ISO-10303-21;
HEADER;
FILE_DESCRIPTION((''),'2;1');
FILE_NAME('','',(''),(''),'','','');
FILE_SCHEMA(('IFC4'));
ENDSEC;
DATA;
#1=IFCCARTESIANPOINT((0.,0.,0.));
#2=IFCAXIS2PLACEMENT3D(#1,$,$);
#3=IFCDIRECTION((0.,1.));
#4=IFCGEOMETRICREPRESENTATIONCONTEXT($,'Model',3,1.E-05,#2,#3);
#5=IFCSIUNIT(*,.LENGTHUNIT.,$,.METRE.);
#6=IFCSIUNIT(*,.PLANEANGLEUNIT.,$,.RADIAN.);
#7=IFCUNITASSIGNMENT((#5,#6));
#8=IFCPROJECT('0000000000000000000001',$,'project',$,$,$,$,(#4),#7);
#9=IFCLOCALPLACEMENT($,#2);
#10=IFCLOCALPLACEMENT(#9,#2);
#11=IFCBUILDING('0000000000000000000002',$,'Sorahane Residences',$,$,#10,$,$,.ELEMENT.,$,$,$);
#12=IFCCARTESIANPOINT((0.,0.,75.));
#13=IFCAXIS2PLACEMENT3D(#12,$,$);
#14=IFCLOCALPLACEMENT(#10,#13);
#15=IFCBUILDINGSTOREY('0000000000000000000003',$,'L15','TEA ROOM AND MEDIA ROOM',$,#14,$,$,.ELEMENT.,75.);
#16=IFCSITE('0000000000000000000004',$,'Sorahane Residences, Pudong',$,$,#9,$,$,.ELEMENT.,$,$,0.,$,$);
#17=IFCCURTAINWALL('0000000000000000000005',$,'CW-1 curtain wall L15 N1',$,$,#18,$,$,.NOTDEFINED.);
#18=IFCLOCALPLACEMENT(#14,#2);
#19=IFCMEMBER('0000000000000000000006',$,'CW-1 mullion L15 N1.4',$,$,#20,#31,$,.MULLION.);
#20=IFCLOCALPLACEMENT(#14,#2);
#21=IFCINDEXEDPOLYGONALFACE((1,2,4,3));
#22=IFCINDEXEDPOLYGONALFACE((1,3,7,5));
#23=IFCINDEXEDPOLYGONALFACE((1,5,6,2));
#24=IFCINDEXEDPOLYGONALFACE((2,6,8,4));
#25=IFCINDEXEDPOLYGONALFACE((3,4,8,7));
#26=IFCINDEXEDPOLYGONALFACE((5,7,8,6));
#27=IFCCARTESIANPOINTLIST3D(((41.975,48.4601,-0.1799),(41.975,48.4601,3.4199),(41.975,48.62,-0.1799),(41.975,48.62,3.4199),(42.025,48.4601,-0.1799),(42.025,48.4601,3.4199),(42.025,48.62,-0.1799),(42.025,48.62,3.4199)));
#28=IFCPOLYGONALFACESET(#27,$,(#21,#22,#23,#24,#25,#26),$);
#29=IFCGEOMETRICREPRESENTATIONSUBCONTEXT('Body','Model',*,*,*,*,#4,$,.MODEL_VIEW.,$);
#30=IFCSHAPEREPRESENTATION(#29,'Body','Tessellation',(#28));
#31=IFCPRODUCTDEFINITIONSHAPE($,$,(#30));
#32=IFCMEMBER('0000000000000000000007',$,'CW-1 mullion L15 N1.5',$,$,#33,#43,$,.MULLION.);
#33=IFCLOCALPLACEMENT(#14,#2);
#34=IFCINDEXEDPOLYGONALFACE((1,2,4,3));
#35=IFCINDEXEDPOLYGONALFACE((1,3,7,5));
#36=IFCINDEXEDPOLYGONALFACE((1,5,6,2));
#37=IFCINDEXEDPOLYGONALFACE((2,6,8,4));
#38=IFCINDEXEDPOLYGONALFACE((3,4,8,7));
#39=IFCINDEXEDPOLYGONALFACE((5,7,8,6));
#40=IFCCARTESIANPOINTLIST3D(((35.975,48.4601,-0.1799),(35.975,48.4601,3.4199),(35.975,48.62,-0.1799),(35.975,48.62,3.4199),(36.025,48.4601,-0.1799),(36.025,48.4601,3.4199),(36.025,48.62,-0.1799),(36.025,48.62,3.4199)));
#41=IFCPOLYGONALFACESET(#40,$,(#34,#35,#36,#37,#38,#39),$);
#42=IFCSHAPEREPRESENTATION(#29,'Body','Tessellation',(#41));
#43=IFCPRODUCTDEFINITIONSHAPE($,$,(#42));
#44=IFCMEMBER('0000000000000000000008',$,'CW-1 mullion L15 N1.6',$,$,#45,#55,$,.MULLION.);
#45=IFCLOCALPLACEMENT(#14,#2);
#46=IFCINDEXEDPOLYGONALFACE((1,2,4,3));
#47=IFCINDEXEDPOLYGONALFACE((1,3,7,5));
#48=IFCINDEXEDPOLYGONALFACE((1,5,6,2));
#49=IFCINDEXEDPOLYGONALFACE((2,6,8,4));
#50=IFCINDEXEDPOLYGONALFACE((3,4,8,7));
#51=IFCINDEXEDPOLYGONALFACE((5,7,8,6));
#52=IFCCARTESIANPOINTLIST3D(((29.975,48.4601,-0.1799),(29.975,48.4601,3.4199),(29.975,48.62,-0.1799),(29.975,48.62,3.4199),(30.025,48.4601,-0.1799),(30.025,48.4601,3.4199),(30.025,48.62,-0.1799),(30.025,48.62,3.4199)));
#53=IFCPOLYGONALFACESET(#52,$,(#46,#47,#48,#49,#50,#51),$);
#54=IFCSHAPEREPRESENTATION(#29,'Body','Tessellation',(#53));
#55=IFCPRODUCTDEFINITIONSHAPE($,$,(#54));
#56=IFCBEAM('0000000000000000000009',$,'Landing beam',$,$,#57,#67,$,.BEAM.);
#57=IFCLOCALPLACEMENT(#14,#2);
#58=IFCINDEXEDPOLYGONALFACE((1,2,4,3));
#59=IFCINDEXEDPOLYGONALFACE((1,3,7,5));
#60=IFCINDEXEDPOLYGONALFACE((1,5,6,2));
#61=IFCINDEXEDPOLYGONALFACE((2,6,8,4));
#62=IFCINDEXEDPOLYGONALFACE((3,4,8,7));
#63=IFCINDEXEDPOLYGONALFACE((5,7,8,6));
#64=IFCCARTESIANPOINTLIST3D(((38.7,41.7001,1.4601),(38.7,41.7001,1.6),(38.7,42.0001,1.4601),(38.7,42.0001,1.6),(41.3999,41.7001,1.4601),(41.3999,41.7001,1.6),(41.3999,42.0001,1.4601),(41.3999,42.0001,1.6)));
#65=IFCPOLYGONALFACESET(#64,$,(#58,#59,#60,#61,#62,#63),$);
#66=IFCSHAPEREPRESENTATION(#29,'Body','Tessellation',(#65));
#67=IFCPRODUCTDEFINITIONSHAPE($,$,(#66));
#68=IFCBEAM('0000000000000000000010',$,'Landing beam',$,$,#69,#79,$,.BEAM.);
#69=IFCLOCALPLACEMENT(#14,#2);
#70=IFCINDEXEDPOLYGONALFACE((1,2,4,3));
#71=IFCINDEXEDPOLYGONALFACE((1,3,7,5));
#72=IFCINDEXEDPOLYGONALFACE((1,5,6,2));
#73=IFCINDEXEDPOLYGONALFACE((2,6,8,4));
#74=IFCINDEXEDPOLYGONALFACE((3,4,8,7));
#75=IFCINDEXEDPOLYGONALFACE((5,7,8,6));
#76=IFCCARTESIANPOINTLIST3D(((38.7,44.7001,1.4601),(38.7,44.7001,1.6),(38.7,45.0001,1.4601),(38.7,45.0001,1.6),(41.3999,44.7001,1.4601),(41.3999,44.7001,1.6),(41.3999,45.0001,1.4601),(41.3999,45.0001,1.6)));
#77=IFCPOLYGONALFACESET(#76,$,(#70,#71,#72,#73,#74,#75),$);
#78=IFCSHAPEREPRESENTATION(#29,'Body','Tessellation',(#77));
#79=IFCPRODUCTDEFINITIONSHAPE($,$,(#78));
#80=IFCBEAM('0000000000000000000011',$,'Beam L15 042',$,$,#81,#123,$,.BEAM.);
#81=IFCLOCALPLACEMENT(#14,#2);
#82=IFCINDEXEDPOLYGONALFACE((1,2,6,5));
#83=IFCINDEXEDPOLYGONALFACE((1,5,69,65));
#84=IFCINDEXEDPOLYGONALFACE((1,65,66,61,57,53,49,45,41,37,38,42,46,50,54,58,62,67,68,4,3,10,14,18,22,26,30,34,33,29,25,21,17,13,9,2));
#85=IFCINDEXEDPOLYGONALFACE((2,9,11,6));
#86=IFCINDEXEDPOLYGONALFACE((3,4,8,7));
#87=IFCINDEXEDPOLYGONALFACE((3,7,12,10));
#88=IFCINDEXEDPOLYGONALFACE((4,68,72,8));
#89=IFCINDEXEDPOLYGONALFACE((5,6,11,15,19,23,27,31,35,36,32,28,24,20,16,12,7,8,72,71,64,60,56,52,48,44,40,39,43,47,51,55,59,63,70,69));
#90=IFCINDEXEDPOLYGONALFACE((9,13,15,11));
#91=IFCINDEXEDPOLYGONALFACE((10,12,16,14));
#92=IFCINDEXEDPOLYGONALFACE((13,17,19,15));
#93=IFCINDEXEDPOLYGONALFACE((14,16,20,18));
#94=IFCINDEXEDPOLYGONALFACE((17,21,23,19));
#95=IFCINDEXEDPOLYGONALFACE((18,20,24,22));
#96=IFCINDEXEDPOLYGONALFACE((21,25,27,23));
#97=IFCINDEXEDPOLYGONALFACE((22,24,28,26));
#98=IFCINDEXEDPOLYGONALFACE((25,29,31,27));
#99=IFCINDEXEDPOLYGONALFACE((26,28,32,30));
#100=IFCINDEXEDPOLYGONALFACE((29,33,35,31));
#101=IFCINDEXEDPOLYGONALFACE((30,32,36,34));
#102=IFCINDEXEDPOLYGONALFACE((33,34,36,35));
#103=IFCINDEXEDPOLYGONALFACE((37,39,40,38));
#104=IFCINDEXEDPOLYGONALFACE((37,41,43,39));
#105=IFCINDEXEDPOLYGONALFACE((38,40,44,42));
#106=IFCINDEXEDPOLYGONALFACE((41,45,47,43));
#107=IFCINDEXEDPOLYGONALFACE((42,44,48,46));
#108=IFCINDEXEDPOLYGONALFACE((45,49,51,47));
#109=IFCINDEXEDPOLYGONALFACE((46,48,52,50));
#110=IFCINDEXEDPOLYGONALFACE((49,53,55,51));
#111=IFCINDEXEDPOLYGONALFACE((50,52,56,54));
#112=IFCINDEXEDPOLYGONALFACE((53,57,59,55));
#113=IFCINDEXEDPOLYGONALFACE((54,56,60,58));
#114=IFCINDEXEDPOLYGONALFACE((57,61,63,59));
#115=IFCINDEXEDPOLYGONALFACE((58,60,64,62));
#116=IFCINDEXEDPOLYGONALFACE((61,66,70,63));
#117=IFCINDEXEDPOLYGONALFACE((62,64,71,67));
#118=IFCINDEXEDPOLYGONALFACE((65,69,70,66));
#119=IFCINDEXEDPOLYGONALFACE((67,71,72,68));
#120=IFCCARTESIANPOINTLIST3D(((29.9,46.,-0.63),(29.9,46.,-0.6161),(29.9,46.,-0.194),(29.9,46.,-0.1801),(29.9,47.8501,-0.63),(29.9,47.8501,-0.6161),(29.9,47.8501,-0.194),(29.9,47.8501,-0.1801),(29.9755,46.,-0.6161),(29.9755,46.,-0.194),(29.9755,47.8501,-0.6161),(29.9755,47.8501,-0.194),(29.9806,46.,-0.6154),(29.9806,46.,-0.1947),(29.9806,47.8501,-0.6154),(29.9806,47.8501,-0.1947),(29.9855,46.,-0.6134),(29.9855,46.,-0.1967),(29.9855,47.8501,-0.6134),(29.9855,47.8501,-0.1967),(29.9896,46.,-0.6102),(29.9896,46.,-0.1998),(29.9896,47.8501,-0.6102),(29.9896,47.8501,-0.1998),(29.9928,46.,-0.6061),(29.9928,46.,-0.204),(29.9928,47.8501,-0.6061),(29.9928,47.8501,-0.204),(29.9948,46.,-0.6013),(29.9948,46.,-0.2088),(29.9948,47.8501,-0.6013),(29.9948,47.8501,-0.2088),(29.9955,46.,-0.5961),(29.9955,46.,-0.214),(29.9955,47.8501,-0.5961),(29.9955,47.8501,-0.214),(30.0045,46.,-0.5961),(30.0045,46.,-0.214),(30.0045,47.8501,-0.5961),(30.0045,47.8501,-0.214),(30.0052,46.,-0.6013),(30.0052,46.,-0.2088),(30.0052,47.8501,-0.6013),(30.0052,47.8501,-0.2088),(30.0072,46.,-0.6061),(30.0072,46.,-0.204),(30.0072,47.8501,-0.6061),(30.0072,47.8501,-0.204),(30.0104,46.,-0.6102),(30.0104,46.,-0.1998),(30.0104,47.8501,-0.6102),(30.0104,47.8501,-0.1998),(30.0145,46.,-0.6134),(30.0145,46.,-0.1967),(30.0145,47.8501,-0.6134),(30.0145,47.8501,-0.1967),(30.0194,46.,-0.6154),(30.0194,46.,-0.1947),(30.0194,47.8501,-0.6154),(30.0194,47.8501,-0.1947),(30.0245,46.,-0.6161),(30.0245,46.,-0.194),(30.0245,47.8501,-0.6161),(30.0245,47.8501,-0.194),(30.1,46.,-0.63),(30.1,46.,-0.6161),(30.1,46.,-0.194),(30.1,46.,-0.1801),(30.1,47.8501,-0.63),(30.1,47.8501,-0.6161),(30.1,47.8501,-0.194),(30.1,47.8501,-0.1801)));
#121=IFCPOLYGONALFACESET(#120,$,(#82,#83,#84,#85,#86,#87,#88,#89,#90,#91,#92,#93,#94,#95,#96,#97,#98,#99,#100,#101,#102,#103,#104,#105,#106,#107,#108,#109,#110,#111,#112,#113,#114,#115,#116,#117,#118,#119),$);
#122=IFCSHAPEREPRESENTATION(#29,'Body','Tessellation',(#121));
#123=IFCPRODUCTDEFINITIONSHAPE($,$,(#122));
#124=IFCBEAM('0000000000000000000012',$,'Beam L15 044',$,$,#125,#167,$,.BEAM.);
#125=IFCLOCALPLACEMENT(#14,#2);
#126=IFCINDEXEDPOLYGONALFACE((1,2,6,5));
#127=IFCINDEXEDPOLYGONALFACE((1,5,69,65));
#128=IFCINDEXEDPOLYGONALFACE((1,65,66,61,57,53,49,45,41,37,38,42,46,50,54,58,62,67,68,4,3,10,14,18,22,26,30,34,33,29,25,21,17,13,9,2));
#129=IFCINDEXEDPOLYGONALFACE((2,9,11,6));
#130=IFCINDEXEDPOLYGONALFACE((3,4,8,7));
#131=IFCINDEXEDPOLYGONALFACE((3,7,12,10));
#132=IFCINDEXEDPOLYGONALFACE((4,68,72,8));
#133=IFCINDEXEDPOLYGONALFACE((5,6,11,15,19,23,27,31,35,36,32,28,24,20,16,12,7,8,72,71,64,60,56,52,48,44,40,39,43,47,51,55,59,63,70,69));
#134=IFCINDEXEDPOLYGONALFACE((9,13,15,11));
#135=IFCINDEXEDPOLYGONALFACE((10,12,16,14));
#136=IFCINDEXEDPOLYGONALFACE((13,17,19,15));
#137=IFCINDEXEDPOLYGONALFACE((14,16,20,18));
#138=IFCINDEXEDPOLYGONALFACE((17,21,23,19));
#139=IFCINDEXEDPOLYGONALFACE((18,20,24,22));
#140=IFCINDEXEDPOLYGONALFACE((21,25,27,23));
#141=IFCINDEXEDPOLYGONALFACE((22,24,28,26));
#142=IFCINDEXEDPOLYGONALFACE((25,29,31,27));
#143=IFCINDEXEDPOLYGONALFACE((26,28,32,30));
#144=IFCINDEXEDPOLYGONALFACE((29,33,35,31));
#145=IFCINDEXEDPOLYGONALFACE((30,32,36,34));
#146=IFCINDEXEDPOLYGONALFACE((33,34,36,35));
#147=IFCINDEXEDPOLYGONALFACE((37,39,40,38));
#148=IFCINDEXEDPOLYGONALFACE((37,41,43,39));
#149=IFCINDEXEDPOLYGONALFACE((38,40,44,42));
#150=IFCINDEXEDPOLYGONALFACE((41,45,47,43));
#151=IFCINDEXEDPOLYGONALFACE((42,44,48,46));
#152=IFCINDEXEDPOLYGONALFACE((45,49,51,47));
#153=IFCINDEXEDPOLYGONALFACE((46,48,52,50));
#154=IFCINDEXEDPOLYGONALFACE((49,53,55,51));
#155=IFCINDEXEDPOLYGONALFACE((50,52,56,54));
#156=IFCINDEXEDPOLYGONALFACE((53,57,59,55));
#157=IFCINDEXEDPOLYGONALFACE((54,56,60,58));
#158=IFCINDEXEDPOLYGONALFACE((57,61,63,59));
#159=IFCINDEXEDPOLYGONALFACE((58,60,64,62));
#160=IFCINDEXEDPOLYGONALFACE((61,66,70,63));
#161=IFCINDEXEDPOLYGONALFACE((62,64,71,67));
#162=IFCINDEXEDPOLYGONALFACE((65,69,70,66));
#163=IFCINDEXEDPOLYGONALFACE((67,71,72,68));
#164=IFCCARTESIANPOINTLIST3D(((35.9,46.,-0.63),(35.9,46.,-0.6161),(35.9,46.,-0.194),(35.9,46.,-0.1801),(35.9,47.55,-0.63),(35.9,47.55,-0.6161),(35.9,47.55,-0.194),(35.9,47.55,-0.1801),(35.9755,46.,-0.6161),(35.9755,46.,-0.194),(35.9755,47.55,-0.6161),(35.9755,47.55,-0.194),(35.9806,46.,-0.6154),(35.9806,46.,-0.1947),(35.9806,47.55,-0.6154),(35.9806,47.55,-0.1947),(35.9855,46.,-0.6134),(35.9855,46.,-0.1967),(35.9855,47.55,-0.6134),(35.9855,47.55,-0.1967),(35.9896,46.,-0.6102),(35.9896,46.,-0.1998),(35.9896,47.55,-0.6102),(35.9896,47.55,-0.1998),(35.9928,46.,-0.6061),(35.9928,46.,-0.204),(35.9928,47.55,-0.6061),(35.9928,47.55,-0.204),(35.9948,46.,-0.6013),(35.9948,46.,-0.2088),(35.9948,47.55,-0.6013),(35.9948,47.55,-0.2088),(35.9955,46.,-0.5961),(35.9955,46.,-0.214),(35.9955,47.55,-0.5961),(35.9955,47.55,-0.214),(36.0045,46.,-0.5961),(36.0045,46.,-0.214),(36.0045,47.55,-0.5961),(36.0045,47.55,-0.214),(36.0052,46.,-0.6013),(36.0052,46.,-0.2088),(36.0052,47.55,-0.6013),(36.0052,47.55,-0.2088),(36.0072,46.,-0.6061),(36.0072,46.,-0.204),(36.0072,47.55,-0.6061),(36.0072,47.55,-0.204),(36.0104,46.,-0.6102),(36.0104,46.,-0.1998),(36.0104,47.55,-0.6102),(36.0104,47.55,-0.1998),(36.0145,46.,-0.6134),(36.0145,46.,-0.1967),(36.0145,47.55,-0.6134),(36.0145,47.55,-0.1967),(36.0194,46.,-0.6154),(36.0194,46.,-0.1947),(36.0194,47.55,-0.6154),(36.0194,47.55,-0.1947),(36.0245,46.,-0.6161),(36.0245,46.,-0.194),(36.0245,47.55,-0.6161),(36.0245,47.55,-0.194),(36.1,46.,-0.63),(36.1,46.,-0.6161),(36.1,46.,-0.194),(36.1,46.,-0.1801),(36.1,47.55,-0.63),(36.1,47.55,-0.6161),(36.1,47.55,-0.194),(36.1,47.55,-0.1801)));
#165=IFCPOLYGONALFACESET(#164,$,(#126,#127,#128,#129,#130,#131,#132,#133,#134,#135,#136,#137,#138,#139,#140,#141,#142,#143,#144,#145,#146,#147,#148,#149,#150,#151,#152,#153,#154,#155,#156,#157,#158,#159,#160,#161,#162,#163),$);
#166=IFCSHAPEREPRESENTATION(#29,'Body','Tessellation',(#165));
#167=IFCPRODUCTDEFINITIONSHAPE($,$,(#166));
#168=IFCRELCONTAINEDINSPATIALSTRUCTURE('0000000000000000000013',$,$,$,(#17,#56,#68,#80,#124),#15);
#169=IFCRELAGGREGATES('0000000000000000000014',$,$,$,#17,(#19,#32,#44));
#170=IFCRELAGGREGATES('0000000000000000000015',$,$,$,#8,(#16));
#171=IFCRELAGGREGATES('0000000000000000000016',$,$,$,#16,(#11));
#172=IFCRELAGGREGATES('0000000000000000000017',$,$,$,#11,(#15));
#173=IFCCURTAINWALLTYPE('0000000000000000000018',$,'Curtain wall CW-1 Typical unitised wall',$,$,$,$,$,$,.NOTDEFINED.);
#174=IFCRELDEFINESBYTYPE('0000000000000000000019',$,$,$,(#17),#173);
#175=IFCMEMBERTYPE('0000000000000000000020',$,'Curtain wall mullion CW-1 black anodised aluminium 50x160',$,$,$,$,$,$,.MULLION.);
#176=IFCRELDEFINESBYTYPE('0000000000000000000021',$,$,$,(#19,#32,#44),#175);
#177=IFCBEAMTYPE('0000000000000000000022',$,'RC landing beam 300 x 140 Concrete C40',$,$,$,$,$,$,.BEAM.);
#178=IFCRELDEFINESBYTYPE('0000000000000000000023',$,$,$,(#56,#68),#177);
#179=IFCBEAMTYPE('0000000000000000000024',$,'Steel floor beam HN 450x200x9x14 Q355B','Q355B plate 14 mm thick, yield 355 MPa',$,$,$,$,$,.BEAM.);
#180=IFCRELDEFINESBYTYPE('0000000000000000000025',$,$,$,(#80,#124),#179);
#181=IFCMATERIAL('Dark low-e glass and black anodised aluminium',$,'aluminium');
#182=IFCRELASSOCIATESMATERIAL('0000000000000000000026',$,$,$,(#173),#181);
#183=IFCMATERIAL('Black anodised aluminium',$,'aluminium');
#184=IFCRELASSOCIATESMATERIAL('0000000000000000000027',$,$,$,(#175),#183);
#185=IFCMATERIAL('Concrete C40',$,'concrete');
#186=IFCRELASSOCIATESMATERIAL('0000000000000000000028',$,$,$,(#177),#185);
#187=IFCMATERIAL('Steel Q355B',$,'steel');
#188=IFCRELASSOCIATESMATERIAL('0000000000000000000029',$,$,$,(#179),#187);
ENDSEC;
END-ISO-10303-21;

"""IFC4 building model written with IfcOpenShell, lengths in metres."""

from ifc_helpers import new_model, si_unit, direction, frame, origin, origin_2d, place, context, subcontext, project, spatial, rectangle, i_section, extrude, material, material_profile, profile_set, type_object, element, aggregate, save


model = new_model("IFC4")

# Units and contexts
model_context = context("Model", 3, precision=1e-05, world=origin(), true_north=direction((0.0, 1.0)))
body_context = subcontext(model_context, "Body", "Model", "MODEL_VIEW")
ifc_project = project(units=[si_unit("LENGTHUNIT", "METRE"), si_unit("PLANEANGLEUNIT", "RADIAN")], contexts=[model_context])

# Site, building, storey
site_placement = place(None, origin())
site = spatial("IfcSite", under=ifc_project, at=site_placement, Name="Sorahane Residences, Pudong", CompositionType="ELEMENT", RefElevation=0.0)
building_placement = place(site_placement, origin())
building = spatial("IfcBuilding", under=site, at=building_placement, Name="Sorahane Residences", CompositionType="ELEMENT")
storey_placement = place(building_placement, frame((0.0, 0.0, 75.0)))
storey = spatial("IfcBuildingStorey", under=building, at=storey_placement, Name="L15", Description="TEA ROOM AND MEDIA ROOM", CompositionType="ELEMENT", Elevation=75.0)

# Curtain wall, members
ifc_material_1 = material(Name="Dark low-e glass and black anodised aluminium", Category="aluminium")
curtain_wall_type = type_object("IfcCurtainWallType", Name="Curtain wall CW-1 Typical unitised wall", PredefinedType="NOTDEFINED", material=ifc_material_1)
curtain_wall_placement = place(storey_placement, origin())
curtain_wall = element("IfcCurtainWall", 1, at=curtain_wall_placement, inside=storey, type_object=curtain_wall_type, Name="CW-1 curtain wall L15 N1", PredefinedType="NOTDEFINED")
ifc_material_2 = material(Name="Black anodised aluminium", Category="aluminium")
ifc_material_profile_1 = material_profile(ifc_material_2, rectangle(XDim=0.1599, YDim=0.05, at=origin_2d()), Name="Curtain wall mullion CW-1 black anodised aluminium 50x160")
ifc_profile_set_1 = profile_set([ifc_material_profile_1], Name="Black anodised aluminium")
member_type_1 = type_object("IfcMemberType", Name="Curtain wall mullion CW-1 black anodised aluminium 50x160", PredefinedType="MULLION", material=ifc_profile_set_1)
member_1_placement = place(storey_placement, frame((42.0, 48.54, -0.1799), z_axis=(0.0, 0.0, 1.0), x_axis=(0.0, 1.0, 0.0)))
member_1 = element("IfcMember", 2, at=member_1_placement, type_object=member_type_1, Name="CW-1 mullion L15 N1.4", PredefinedType="MULLION", context=body_context, shape_type="SweptSolid", body=[
    extrude(rectangle(XDim=0.1599, YDim=0.05, at=origin_2d()), origin(), (0.0, 0.0, 1.0), 3.5999),
])
member_2_placement = place(storey_placement, frame((36.0, 48.54, -0.1799), z_axis=(0.0, 0.0, 1.0), x_axis=(0.0, 1.0, 0.0)))
member_2 = element("IfcMember", 3, at=member_2_placement, type_object=member_type_1, Name="CW-1 mullion L15 N1.5", PredefinedType="MULLION", context=body_context, shape_type="SweptSolid", body=[
    extrude(rectangle(XDim=0.1599, YDim=0.05, at=origin_2d()), origin(), (0.0, 0.0, 1.0), 3.5999),
])
member_3_placement = place(storey_placement, frame((30.0, 48.54, -0.1799), z_axis=(0.0, 0.0, 1.0), x_axis=(0.0, 1.0, 0.0)))
member_3 = element("IfcMember", 4, at=member_3_placement, type_object=member_type_1, Name="CW-1 mullion L15 N1.6", PredefinedType="MULLION", context=body_context, shape_type="SweptSolid", body=[
    extrude(rectangle(XDim=0.1599, YDim=0.05, at=origin_2d()), origin(), (0.0, 0.0, 1.0), 3.5999),
])

# Beams
ifc_material_3 = material(Name="Concrete C40", Category="concrete")
ifc_material_profile_2 = material_profile(ifc_material_3, rectangle(XDim=0.3, YDim=0.1399, at=origin_2d()), Name="300x140")
ifc_profile_set_2 = profile_set([ifc_material_profile_2], Name="Concrete C40")
beam_type_1 = type_object("IfcBeamType", Name="RC landing beam 300 x 140 Concrete C40", PredefinedType="BEAM", material=ifc_profile_set_2)
for number, where, z_axis, x_axis, name in (
    (5, (38.7, 41.8501, 1.53), (1.0, 0.0, 0.0), (0.0, 1.0, 0.0), "Landing beam"),
    (6, (38.7, 44.8501, 1.53), (1.0, 0.0, 0.0), (0.0, 1.0, 0.0), "Landing beam"),
):
    element("IfcBeam", number, at=place(storey_placement, frame(where, z_axis=z_axis, x_axis=x_axis)), inside=storey, type_object=beam_type_1, Name=name, PredefinedType="BEAM", context=body_context, shape_type="SweptSolid", body=[
        extrude(rectangle(XDim=0.3, YDim=0.1399, at=origin_2d()), origin(), (0.0, 0.0, 1.0), 2.7),
    ])
ifc_material_4 = material(Name="Steel Q355B", Category="steel")
ifc_material_profile_3 = material_profile(ifc_material_4, i_section(OverallWidth=0.2, OverallDepth=0.45, WebThickness=0.009, FlangeThickness=0.0139, FilletRadius=0.02, at=origin_2d()), Name="HN 450x200x9x14")
ifc_profile_set_3 = profile_set([ifc_material_profile_3], Name="Steel Q355B")
beam_type_2 = type_object("IfcBeamType", Name="Steel floor beam HN 450x200x9x14 Q355B", Description="Q355B plate 14 mm thick, yield 355 MPa", PredefinedType="BEAM", material=ifc_profile_set_3)
beam_1_placement = place(storey_placement, frame((30.0, 46.0, -0.405), z_axis=(0.0, 1.0, 0.0), x_axis=(-1.0, 0.0, 0.0)))
element("IfcBeam", 7, at=beam_1_placement, inside=storey, type_object=beam_type_2, Name="Beam L15 042", PredefinedType="BEAM", context=body_context, shape_type="SweptSolid", body=[
    extrude(i_section(OverallWidth=0.2, OverallDepth=0.45, WebThickness=0.009, FlangeThickness=0.0139, FilletRadius=0.02, at=origin_2d()), origin(), (0.0, 0.0, 1.0), 1.8501),
])
beam_2_placement = place(storey_placement, frame((36.0, 46.0, -0.405), z_axis=(0.0, 1.0, 0.0), x_axis=(-1.0, 0.0, 0.0)))
element("IfcBeam", 8, at=beam_2_placement, inside=storey, type_object=beam_type_2, Name="Beam L15 044", PredefinedType="BEAM", context=body_context, shape_type="SweptSolid", body=[
    extrude(i_section(OverallWidth=0.2, OverallDepth=0.45, WebThickness=0.009, FlangeThickness=0.0139, FilletRadius=0.02, at=origin_2d()), origin(), (0.0, 0.0, 1.0), 1.55),
])

aggregate(curtain_wall, [member_1, member_2, member_3])

save(model, "model.ifc")
